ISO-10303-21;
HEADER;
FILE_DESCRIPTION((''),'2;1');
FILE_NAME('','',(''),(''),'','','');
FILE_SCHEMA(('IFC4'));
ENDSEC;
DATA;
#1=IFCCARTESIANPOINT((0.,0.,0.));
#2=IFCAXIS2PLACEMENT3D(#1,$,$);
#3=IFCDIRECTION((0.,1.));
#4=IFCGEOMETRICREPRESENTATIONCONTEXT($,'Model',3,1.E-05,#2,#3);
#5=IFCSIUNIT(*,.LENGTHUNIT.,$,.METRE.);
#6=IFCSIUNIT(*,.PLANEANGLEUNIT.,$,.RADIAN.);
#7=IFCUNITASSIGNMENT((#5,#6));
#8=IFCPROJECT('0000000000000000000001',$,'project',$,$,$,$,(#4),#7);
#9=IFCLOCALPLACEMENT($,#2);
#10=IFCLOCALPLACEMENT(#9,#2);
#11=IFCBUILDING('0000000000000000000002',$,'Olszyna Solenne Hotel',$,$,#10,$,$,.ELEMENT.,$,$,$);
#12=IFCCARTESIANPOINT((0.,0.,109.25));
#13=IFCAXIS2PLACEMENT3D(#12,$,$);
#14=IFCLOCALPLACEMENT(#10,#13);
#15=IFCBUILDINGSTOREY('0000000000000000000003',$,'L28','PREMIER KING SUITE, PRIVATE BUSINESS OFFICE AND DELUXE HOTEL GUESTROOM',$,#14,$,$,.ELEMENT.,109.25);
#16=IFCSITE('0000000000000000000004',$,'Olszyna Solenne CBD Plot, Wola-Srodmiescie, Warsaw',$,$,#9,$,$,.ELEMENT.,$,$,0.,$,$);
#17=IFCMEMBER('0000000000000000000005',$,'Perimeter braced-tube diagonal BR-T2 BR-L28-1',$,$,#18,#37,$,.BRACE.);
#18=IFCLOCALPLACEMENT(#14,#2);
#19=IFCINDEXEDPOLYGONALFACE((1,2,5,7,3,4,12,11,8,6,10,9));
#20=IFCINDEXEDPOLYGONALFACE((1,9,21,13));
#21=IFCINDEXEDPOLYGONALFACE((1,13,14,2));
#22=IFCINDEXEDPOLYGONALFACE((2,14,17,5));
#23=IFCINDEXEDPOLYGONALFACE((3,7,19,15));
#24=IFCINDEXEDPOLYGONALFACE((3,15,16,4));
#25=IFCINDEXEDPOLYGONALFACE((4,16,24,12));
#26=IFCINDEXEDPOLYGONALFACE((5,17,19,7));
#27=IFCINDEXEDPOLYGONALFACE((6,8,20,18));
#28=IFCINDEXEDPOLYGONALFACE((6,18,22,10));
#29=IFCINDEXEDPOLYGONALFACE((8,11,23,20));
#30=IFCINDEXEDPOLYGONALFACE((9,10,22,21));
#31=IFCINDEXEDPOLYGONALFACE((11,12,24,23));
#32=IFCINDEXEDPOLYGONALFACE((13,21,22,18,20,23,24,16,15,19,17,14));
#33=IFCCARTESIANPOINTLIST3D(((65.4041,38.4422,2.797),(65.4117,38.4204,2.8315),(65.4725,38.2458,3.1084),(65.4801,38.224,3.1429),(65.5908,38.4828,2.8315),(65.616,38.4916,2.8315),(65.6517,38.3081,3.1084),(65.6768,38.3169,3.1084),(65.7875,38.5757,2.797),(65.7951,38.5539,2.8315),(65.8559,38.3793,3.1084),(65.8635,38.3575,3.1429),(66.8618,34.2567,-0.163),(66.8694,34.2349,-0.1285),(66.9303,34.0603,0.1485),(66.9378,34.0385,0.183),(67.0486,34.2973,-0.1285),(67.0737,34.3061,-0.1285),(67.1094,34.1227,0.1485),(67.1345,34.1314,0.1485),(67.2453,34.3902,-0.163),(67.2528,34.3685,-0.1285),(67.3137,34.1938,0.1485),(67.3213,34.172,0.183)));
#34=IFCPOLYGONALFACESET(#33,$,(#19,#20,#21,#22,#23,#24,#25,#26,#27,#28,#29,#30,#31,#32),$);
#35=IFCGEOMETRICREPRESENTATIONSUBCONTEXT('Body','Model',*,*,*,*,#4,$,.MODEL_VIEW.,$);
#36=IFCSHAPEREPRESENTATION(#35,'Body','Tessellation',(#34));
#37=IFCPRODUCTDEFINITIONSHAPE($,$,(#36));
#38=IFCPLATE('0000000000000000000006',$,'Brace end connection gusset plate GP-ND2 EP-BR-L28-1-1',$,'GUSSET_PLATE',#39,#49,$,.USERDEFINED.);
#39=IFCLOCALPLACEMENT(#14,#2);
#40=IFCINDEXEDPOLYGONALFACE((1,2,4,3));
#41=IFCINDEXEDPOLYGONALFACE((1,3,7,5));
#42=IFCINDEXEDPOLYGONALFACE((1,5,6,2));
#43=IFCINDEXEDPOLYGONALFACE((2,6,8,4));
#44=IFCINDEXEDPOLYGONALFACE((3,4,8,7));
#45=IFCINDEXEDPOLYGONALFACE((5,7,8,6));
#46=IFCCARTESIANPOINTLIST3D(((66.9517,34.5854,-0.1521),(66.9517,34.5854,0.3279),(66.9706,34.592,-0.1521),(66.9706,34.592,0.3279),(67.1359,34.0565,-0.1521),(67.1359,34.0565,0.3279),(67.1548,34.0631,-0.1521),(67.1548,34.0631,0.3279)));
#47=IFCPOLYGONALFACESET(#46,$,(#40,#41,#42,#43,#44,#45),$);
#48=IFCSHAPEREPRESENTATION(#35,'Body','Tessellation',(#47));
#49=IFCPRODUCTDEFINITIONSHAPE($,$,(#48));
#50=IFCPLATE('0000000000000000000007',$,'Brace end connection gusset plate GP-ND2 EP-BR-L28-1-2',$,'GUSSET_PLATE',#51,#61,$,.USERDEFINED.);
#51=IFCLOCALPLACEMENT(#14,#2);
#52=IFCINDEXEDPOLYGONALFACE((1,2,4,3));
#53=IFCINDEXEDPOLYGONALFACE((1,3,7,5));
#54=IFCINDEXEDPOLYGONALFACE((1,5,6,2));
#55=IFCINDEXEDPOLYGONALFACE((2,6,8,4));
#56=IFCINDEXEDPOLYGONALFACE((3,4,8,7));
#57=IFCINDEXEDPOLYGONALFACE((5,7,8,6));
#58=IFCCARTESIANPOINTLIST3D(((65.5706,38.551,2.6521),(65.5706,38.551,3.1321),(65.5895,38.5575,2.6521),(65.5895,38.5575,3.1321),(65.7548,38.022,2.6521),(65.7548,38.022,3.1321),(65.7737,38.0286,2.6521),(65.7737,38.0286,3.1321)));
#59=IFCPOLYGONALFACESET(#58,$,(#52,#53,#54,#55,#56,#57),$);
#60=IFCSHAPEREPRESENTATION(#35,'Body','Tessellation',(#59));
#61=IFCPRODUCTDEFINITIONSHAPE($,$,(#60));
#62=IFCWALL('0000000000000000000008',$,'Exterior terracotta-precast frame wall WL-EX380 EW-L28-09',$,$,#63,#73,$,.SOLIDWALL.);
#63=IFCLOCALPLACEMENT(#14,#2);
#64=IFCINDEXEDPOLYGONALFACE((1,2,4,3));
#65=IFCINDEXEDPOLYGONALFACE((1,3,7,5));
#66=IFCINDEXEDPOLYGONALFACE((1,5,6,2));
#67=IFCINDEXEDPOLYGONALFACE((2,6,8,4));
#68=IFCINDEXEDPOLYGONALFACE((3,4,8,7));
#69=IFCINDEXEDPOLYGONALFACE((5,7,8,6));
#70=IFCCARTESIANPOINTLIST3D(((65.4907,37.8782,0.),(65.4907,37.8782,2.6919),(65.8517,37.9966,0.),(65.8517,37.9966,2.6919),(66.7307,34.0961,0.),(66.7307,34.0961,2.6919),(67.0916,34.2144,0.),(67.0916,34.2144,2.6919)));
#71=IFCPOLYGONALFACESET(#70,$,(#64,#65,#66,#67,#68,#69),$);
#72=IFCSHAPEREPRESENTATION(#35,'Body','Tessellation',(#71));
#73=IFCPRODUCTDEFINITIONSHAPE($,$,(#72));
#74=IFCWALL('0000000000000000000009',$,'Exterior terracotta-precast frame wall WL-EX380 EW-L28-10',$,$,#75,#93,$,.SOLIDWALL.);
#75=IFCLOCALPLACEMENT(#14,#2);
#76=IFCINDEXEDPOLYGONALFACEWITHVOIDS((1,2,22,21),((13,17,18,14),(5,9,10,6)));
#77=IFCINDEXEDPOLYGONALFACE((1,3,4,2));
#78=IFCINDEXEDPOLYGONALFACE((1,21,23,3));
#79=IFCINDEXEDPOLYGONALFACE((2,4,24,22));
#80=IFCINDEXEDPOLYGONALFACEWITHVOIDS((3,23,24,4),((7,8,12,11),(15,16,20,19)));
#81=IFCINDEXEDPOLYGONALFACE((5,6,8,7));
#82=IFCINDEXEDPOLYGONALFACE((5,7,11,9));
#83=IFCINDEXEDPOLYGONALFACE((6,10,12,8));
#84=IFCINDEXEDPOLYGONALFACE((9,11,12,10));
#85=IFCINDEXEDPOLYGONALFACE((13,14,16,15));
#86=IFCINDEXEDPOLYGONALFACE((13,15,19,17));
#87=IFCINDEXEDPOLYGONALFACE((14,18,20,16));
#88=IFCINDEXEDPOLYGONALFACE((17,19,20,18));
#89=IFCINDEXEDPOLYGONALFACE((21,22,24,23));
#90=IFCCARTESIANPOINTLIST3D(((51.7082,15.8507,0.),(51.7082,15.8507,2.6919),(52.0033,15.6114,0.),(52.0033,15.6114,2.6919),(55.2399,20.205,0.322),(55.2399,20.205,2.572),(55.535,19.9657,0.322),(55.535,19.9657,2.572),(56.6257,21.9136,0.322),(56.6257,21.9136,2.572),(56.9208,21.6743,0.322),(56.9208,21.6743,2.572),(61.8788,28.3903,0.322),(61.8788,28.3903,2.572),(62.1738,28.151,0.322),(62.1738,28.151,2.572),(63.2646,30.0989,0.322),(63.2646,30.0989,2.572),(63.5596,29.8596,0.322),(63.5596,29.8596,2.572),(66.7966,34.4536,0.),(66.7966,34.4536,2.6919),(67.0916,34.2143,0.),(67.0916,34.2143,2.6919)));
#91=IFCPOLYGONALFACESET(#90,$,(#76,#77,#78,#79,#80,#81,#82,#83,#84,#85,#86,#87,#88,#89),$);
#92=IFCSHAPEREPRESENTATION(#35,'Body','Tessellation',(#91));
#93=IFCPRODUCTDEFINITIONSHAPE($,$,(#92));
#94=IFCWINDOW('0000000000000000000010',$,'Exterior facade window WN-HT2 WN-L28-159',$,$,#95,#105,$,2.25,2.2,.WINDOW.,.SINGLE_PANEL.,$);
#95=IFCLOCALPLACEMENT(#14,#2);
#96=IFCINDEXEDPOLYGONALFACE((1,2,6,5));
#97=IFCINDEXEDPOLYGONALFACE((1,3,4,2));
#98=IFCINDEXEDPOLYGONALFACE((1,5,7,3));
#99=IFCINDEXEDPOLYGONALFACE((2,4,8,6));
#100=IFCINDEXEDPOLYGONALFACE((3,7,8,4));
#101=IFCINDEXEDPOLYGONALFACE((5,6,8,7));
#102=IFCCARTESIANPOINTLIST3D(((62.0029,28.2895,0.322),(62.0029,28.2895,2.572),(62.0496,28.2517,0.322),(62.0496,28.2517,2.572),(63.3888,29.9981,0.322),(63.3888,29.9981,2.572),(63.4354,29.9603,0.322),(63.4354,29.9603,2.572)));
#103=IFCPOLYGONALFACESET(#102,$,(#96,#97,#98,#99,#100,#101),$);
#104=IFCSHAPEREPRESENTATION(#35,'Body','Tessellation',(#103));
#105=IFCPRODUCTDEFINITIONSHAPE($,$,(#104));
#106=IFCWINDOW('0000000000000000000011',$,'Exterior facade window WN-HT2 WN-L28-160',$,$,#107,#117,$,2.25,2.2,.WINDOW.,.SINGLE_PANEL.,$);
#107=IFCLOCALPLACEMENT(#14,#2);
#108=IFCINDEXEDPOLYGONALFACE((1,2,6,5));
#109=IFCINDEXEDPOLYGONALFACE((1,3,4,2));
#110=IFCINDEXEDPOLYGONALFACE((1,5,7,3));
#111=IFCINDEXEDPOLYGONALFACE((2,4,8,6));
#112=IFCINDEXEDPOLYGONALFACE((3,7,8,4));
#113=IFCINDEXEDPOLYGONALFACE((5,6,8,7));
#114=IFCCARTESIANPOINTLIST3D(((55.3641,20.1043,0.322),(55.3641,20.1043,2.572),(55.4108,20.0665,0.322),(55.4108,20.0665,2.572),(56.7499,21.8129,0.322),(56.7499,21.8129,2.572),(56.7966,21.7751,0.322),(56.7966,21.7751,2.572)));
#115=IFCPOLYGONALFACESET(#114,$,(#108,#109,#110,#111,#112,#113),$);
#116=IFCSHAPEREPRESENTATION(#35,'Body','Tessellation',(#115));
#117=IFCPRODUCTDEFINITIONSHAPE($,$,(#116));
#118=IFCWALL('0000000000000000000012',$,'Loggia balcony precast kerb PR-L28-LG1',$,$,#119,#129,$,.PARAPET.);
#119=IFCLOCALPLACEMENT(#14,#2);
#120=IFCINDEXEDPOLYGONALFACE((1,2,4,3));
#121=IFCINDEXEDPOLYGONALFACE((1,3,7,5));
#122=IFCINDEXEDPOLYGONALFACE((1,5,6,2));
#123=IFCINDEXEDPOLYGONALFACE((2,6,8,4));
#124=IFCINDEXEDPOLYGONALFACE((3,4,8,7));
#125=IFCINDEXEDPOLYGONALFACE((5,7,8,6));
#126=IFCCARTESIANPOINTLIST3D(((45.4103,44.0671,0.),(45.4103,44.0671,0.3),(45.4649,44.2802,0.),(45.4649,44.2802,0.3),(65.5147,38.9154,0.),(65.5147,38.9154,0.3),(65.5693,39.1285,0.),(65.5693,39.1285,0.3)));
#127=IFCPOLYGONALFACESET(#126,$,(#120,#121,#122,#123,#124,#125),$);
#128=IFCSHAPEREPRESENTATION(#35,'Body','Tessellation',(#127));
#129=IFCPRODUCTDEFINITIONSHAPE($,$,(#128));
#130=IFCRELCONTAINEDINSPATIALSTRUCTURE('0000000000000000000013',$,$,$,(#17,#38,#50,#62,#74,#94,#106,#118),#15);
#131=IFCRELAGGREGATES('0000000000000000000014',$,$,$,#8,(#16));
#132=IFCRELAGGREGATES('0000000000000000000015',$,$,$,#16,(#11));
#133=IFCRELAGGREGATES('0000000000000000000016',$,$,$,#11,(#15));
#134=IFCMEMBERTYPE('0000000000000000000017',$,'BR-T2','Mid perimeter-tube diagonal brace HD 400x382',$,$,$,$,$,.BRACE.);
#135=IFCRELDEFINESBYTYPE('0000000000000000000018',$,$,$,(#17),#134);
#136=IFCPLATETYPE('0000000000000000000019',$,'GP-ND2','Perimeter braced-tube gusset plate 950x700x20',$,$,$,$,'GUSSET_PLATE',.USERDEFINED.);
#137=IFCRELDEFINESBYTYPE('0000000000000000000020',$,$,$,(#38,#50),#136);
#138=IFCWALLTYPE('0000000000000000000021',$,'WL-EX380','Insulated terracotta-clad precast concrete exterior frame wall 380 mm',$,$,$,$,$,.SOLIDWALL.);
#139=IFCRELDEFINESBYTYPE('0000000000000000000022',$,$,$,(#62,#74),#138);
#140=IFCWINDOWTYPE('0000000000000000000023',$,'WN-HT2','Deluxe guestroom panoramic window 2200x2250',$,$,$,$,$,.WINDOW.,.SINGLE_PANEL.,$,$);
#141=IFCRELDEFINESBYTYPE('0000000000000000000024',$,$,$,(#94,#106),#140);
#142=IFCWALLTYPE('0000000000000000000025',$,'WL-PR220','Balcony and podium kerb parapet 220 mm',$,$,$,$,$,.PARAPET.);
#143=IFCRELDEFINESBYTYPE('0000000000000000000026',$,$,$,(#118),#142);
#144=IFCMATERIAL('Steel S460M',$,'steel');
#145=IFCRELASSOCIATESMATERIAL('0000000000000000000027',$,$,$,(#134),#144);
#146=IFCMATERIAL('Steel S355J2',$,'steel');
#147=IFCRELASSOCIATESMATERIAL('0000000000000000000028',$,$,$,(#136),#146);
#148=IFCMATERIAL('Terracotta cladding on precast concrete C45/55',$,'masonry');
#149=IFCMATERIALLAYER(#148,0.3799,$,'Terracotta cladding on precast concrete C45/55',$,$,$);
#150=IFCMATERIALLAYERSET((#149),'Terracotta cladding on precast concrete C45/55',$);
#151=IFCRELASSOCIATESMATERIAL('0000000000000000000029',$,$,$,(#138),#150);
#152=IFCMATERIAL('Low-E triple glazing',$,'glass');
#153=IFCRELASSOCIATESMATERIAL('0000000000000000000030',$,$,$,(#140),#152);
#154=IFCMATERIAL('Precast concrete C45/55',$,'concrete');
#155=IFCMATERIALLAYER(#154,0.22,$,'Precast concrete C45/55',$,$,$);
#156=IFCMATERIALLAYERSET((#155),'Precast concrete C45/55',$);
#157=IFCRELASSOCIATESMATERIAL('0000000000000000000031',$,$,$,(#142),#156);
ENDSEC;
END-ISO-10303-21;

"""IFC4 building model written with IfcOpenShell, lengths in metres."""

from ifc_helpers import new_model, si_unit, direction, frame, frame_2d, origin, origin_2d, place, context, subcontext, project, spatial, rectangle, i_section, extrude, source, transform, mapped, material, layer, layer_set, material_profile, profile_set, type_object, type_shapes, element, fill, save


model = new_model("IFC4")

# Units and contexts
model_context = context("Model", 3, precision=1e-05, world=origin(), true_north=direction((0.0, 1.0)))
body_context = subcontext(model_context, "Body", "Model", "MODEL_VIEW")
ifc_project = project(units=[si_unit("LENGTHUNIT", "METRE"), si_unit("PLANEANGLEUNIT", "RADIAN")], contexts=[model_context])

# Site, building, storey
site_placement = place(None, origin())
site = spatial("IfcSite", under=ifc_project, at=site_placement, Name="Olszyna Solenne CBD Plot, Wola-Srodmiescie, Warsaw", CompositionType="ELEMENT", RefElevation=0.0)
building_placement = place(site_placement, origin())
building = spatial("IfcBuilding", under=site, at=building_placement, Name="Olszyna Solenne Hotel", CompositionType="ELEMENT")
storey_placement = place(building_placement, frame((0.0, 0.0, 109.25)))
storey = spatial("IfcBuildingStorey", under=building, at=storey_placement, Name="L28", Description="PREMIER KING SUITE, PRIVATE BUSINESS OFFICE AND DELUXE HOTEL GUESTROOM", CompositionType="ELEMENT", Elevation=109.25)

# Shared definitions
ifc_material_1 = material(Name="Steel S460M", Category="steel")

# Shared definitions
ifc_material_2 = material(Name="Steel S355J2", Category="steel")

# Member
ifc_material_profile_1 = material_profile(ifc_material_1, i_section(OverallWidth=0.406, OverallDepth=0.416, WebThickness=0.0266, FlangeThickness=0.0415, at=origin_2d()), Name="HD 400x382", Category="load-bearing")
ifc_profile_set_1 = profile_set([ifc_material_profile_1], Name="Steel S460M")
member_type = type_object("IfcMemberType", Name="BR-T2", Description="Mid perimeter-tube diagonal brace HD 400x382", PredefinedType="BRACE", material=ifc_profile_set_1)
shared_shape_1 = source(origin(), body_context, "Body", "SweptSolid", [
    extrude(i_section(OverallWidth=0.406, OverallDepth=0.416, WebThickness=0.0266, FlangeThickness=0.0415, at=origin_2d()), origin(), (0.0, 0.0, 1.0), 5.3296),
])
member_placement = place(storey_placement, frame((67.0916, 34.2144, 0.01), z_axis=(-0.273519, 0.785331, 0.555375), x_axis=(-0.944362, -0.328907, 0.0)))
element("IfcMember", 1, at=member_placement, inside=storey, type_object=member_type, Name="Perimeter braced-tube diagonal BR-T2 BR-L28-1", PredefinedType="BRACE", context=body_context, shape_type="MappedRepresentation", body=[
    mapped(shared_shape_1, transform((0.0, 0.0, 0.0), x_axis=(1.0, 0.0, 0.0), y_axis=(0.0, 1.0, 0.0), z_axis=(0.0, 0.0, 1.0), scale=1.0)),
])

# Plates
plate_type = type_object("IfcPlateType", Name="GP-ND2", Description="Perimeter braced-tube gusset plate 950x700x20", ElementType="GUSSET_PLATE", PredefinedType="USERDEFINED", material=ifc_material_2)
shared_shape_2 = source(origin(), body_context, "Body", "SweptSolid", [
    extrude(rectangle(XDim=0.5601, YDim=0.02, at=origin_2d()), origin(), (0.0, 0.0, 1.0), 0.48),
])
for number, where, z_axis, x_axis, name in (
    (2, (67.0532, 34.3242, -0.1521), (0.0, 0.0, 1.0), (-0.328867, 0.944376, 0.0), "Brace end connection gusset plate GP-ND2 EP-BR-L28-1-1"),
    (3, (65.6721, 38.2898, 2.6521), (0.0, 0.0, 1.0), (-0.328867, 0.944376, 0.0), "Brace end connection gusset plate GP-ND2 EP-BR-L28-1-2"),
):
    element("IfcPlate", number, at=place(storey_placement, frame(where, z_axis=z_axis, x_axis=x_axis)), inside=storey, type_object=plate_type, Name=name, ObjectType="GUSSET_PLATE", PredefinedType="USERDEFINED", context=body_context, shape_type="MappedRepresentation", body=[
        mapped(shared_shape_2, transform((0.0, 0.0, 0.0), x_axis=(1.0, 0.0, 0.0), y_axis=(0.0, 1.0, 0.0), z_axis=(0.0, 0.0, 1.0), scale=1.0)),
    ])

# Wall
ifc_material_3 = material(Name="Terracotta cladding on precast concrete C45/55", Category="masonry")
ifc_layer_1 = layer(ifc_material_3, 0.3799, Name="Terracotta cladding on precast concrete C45/55")
ifc_layer_set_1 = layer_set([ifc_layer_1], Name="Terracotta cladding on precast concrete C45/55")
wall_type_1 = type_object("IfcWallType", Name="WL-EX380", Description="Insulated terracotta-clad precast concrete exterior frame wall 380 mm", PredefinedType="SOLIDWALL", material=ifc_layer_set_1)
wall_1_placement = place(storey_placement, frame((65.6711, 37.9375, 0.0), z_axis=(0.0, 0.0, 1.0), x_axis=(0.311532, -0.950236, 0.0)))
element("IfcWall", 4, at=wall_1_placement, inside=storey, type_object=wall_type_1, Name="Exterior terracotta-precast frame wall WL-EX380 EW-L28-09", PredefinedType="SOLIDWALL", context=body_context, shape_type="SweptSolid", body=[
    extrude(rectangle(XDim=3.9802, YDim=0.3799, at=frame_2d((1.9902, 0.0))), origin(), (0.0, 0.0, 1.0), 2.6919),
])

# Wall, openings, windows
wall_2_placement = place(storey_placement, frame((66.9441, 34.334, 0.0), z_axis=(0.0, 0.0, 1.0), x_axis=(-0.629924, -0.776657, 0.0)))
wall_2 = element("IfcWall", 5, at=wall_2_placement, inside=storey, type_object=wall_type_1, Name="Exterior terracotta-precast frame wall WL-EX380 EW-L28-10", PredefinedType="SOLIDWALL", context=body_context, shape_type="SweptSolid", body=[
    extrude(rectangle(XDim=23.9526, YDim=0.3799, at=frame_2d((11.9763, 0.0))), origin(), (0.0, 0.0, 1.0), 2.6919),
])
opening_1_placement = place(wall_2_placement, frame((5.6069, 0.0, 0.322)))
opening_1 = element("IfcOpeningElement", 6, at=opening_1_placement, cuts=wall_2, PredefinedType="OPENING", context=body_context, shape_type="SweptSolid", body=[
    extrude(rectangle(XDim=2.2, YDim=2.25, at=frame_2d((1.1001, 1.125))), frame((0.0, 0.2, 0.0), z_axis=(0.0, -1.0, 0.0), x_axis=(1.0, 0.0, 0.0)), (0.0, 0.0, 1.0), 0.3999),
])
opening_2_placement = place(wall_2_placement, frame((16.146, 0.0, 0.322)))
opening_2 = element("IfcOpeningElement", 7, at=opening_2_placement, cuts=wall_2, PredefinedType="OPENING", context=body_context, shape_type="SweptSolid", body=[
    extrude(rectangle(XDim=2.2, YDim=2.25, at=frame_2d((1.1001, 1.125))), frame((0.0, 0.2, 0.0), z_axis=(0.0, -1.0, 0.0), x_axis=(1.0, 0.0, 0.0)), (0.0, 0.0, 1.0), 0.3999),
])
ifc_material_4 = material(Name="Low-E triple glazing", Category="glass")
window_type = type_object("IfcWindowType", Name="WN-HT2", Description="Deluxe guestroom panoramic window 2200x2250", PartitioningType="SINGLE_PANEL", PredefinedType="WINDOW", material=ifc_material_4)
shared_shape_3 = source(origin(), body_context, "Body", "SweptSolid", [
    extrude(rectangle(XDim=2.2, YDim=2.25, at=frame_2d((1.1001, 1.125))), frame((0.0, 0.03, 0.0), z_axis=(0.0, -1.0, 0.0), x_axis=(1.0, 0.0, 0.0)), (0.0, 0.0, 1.0), 0.0601),
])
type_shapes(window_type, [shared_shape_3])
window_1_placement = place(opening_1_placement, origin())
window_1 = element("IfcWindow", 8, at=window_1_placement, inside=storey, type_object=window_type, Name="Exterior facade window WN-HT2 WN-L28-159", OverallHeight=2.25, OverallWidth=2.2, PartitioningType="SINGLE_PANEL", PredefinedType="WINDOW", context=body_context, shape_type="MappedRepresentation", body=[
    mapped(shared_shape_3, transform((0.0, 0.0, 0.0), x_axis=(1.0, 0.0, 0.0), y_axis=(0.0, 1.0, 0.0), z_axis=(0.0, 0.0, 1.0), scale=1.0)),
])
fill(opening_1, window_1)
window_2_placement = place(opening_2_placement, origin())
window_2 = element("IfcWindow", 9, at=window_2_placement, inside=storey, type_object=window_type, Name="Exterior facade window WN-HT2 WN-L28-160", OverallHeight=2.25, OverallWidth=2.2, PartitioningType="SINGLE_PANEL", PredefinedType="WINDOW", context=body_context, shape_type="MappedRepresentation", body=[
    mapped(shared_shape_3, transform((0.0, 0.0, 0.0), x_axis=(1.0, 0.0, 0.0), y_axis=(0.0, 1.0, 0.0), z_axis=(0.0, 0.0, 1.0), scale=1.0)),
])
fill(opening_2, window_2)

# Wall
ifc_material_5 = material(Name="Precast concrete C45/55", Category="concrete")
ifc_layer_2 = layer(ifc_material_5, 0.22, Name="Precast concrete C45/55")
ifc_layer_set_2 = layer_set([ifc_layer_2], Name="Precast concrete C45/55")
wall_type_2 = type_object("IfcWallType", Name="WL-PR220", Description="Balcony and podium kerb parapet 220 mm", PredefinedType="PARAPET", material=ifc_layer_set_2)
wall_3_placement = place(storey_placement, frame((65.542, 39.022, 0.0), z_axis=(0.0, 0.0, 1.0), x_axis=(-0.968702, 0.248225, 0.0)))
element("IfcWall", 10, at=wall_3_placement, inside=storey, type_object=wall_type_2, Name="Loggia balcony precast kerb PR-L28-LG1", PredefinedType="PARAPET", context=body_context, shape_type="SweptSolid", body=[
    extrude(rectangle(XDim=20.7539, YDim=0.22, at=frame_2d((10.377, 0.0))), origin(), (0.0, 0.0, 1.0), 0.3),
])

save(model, "model.ifc")
